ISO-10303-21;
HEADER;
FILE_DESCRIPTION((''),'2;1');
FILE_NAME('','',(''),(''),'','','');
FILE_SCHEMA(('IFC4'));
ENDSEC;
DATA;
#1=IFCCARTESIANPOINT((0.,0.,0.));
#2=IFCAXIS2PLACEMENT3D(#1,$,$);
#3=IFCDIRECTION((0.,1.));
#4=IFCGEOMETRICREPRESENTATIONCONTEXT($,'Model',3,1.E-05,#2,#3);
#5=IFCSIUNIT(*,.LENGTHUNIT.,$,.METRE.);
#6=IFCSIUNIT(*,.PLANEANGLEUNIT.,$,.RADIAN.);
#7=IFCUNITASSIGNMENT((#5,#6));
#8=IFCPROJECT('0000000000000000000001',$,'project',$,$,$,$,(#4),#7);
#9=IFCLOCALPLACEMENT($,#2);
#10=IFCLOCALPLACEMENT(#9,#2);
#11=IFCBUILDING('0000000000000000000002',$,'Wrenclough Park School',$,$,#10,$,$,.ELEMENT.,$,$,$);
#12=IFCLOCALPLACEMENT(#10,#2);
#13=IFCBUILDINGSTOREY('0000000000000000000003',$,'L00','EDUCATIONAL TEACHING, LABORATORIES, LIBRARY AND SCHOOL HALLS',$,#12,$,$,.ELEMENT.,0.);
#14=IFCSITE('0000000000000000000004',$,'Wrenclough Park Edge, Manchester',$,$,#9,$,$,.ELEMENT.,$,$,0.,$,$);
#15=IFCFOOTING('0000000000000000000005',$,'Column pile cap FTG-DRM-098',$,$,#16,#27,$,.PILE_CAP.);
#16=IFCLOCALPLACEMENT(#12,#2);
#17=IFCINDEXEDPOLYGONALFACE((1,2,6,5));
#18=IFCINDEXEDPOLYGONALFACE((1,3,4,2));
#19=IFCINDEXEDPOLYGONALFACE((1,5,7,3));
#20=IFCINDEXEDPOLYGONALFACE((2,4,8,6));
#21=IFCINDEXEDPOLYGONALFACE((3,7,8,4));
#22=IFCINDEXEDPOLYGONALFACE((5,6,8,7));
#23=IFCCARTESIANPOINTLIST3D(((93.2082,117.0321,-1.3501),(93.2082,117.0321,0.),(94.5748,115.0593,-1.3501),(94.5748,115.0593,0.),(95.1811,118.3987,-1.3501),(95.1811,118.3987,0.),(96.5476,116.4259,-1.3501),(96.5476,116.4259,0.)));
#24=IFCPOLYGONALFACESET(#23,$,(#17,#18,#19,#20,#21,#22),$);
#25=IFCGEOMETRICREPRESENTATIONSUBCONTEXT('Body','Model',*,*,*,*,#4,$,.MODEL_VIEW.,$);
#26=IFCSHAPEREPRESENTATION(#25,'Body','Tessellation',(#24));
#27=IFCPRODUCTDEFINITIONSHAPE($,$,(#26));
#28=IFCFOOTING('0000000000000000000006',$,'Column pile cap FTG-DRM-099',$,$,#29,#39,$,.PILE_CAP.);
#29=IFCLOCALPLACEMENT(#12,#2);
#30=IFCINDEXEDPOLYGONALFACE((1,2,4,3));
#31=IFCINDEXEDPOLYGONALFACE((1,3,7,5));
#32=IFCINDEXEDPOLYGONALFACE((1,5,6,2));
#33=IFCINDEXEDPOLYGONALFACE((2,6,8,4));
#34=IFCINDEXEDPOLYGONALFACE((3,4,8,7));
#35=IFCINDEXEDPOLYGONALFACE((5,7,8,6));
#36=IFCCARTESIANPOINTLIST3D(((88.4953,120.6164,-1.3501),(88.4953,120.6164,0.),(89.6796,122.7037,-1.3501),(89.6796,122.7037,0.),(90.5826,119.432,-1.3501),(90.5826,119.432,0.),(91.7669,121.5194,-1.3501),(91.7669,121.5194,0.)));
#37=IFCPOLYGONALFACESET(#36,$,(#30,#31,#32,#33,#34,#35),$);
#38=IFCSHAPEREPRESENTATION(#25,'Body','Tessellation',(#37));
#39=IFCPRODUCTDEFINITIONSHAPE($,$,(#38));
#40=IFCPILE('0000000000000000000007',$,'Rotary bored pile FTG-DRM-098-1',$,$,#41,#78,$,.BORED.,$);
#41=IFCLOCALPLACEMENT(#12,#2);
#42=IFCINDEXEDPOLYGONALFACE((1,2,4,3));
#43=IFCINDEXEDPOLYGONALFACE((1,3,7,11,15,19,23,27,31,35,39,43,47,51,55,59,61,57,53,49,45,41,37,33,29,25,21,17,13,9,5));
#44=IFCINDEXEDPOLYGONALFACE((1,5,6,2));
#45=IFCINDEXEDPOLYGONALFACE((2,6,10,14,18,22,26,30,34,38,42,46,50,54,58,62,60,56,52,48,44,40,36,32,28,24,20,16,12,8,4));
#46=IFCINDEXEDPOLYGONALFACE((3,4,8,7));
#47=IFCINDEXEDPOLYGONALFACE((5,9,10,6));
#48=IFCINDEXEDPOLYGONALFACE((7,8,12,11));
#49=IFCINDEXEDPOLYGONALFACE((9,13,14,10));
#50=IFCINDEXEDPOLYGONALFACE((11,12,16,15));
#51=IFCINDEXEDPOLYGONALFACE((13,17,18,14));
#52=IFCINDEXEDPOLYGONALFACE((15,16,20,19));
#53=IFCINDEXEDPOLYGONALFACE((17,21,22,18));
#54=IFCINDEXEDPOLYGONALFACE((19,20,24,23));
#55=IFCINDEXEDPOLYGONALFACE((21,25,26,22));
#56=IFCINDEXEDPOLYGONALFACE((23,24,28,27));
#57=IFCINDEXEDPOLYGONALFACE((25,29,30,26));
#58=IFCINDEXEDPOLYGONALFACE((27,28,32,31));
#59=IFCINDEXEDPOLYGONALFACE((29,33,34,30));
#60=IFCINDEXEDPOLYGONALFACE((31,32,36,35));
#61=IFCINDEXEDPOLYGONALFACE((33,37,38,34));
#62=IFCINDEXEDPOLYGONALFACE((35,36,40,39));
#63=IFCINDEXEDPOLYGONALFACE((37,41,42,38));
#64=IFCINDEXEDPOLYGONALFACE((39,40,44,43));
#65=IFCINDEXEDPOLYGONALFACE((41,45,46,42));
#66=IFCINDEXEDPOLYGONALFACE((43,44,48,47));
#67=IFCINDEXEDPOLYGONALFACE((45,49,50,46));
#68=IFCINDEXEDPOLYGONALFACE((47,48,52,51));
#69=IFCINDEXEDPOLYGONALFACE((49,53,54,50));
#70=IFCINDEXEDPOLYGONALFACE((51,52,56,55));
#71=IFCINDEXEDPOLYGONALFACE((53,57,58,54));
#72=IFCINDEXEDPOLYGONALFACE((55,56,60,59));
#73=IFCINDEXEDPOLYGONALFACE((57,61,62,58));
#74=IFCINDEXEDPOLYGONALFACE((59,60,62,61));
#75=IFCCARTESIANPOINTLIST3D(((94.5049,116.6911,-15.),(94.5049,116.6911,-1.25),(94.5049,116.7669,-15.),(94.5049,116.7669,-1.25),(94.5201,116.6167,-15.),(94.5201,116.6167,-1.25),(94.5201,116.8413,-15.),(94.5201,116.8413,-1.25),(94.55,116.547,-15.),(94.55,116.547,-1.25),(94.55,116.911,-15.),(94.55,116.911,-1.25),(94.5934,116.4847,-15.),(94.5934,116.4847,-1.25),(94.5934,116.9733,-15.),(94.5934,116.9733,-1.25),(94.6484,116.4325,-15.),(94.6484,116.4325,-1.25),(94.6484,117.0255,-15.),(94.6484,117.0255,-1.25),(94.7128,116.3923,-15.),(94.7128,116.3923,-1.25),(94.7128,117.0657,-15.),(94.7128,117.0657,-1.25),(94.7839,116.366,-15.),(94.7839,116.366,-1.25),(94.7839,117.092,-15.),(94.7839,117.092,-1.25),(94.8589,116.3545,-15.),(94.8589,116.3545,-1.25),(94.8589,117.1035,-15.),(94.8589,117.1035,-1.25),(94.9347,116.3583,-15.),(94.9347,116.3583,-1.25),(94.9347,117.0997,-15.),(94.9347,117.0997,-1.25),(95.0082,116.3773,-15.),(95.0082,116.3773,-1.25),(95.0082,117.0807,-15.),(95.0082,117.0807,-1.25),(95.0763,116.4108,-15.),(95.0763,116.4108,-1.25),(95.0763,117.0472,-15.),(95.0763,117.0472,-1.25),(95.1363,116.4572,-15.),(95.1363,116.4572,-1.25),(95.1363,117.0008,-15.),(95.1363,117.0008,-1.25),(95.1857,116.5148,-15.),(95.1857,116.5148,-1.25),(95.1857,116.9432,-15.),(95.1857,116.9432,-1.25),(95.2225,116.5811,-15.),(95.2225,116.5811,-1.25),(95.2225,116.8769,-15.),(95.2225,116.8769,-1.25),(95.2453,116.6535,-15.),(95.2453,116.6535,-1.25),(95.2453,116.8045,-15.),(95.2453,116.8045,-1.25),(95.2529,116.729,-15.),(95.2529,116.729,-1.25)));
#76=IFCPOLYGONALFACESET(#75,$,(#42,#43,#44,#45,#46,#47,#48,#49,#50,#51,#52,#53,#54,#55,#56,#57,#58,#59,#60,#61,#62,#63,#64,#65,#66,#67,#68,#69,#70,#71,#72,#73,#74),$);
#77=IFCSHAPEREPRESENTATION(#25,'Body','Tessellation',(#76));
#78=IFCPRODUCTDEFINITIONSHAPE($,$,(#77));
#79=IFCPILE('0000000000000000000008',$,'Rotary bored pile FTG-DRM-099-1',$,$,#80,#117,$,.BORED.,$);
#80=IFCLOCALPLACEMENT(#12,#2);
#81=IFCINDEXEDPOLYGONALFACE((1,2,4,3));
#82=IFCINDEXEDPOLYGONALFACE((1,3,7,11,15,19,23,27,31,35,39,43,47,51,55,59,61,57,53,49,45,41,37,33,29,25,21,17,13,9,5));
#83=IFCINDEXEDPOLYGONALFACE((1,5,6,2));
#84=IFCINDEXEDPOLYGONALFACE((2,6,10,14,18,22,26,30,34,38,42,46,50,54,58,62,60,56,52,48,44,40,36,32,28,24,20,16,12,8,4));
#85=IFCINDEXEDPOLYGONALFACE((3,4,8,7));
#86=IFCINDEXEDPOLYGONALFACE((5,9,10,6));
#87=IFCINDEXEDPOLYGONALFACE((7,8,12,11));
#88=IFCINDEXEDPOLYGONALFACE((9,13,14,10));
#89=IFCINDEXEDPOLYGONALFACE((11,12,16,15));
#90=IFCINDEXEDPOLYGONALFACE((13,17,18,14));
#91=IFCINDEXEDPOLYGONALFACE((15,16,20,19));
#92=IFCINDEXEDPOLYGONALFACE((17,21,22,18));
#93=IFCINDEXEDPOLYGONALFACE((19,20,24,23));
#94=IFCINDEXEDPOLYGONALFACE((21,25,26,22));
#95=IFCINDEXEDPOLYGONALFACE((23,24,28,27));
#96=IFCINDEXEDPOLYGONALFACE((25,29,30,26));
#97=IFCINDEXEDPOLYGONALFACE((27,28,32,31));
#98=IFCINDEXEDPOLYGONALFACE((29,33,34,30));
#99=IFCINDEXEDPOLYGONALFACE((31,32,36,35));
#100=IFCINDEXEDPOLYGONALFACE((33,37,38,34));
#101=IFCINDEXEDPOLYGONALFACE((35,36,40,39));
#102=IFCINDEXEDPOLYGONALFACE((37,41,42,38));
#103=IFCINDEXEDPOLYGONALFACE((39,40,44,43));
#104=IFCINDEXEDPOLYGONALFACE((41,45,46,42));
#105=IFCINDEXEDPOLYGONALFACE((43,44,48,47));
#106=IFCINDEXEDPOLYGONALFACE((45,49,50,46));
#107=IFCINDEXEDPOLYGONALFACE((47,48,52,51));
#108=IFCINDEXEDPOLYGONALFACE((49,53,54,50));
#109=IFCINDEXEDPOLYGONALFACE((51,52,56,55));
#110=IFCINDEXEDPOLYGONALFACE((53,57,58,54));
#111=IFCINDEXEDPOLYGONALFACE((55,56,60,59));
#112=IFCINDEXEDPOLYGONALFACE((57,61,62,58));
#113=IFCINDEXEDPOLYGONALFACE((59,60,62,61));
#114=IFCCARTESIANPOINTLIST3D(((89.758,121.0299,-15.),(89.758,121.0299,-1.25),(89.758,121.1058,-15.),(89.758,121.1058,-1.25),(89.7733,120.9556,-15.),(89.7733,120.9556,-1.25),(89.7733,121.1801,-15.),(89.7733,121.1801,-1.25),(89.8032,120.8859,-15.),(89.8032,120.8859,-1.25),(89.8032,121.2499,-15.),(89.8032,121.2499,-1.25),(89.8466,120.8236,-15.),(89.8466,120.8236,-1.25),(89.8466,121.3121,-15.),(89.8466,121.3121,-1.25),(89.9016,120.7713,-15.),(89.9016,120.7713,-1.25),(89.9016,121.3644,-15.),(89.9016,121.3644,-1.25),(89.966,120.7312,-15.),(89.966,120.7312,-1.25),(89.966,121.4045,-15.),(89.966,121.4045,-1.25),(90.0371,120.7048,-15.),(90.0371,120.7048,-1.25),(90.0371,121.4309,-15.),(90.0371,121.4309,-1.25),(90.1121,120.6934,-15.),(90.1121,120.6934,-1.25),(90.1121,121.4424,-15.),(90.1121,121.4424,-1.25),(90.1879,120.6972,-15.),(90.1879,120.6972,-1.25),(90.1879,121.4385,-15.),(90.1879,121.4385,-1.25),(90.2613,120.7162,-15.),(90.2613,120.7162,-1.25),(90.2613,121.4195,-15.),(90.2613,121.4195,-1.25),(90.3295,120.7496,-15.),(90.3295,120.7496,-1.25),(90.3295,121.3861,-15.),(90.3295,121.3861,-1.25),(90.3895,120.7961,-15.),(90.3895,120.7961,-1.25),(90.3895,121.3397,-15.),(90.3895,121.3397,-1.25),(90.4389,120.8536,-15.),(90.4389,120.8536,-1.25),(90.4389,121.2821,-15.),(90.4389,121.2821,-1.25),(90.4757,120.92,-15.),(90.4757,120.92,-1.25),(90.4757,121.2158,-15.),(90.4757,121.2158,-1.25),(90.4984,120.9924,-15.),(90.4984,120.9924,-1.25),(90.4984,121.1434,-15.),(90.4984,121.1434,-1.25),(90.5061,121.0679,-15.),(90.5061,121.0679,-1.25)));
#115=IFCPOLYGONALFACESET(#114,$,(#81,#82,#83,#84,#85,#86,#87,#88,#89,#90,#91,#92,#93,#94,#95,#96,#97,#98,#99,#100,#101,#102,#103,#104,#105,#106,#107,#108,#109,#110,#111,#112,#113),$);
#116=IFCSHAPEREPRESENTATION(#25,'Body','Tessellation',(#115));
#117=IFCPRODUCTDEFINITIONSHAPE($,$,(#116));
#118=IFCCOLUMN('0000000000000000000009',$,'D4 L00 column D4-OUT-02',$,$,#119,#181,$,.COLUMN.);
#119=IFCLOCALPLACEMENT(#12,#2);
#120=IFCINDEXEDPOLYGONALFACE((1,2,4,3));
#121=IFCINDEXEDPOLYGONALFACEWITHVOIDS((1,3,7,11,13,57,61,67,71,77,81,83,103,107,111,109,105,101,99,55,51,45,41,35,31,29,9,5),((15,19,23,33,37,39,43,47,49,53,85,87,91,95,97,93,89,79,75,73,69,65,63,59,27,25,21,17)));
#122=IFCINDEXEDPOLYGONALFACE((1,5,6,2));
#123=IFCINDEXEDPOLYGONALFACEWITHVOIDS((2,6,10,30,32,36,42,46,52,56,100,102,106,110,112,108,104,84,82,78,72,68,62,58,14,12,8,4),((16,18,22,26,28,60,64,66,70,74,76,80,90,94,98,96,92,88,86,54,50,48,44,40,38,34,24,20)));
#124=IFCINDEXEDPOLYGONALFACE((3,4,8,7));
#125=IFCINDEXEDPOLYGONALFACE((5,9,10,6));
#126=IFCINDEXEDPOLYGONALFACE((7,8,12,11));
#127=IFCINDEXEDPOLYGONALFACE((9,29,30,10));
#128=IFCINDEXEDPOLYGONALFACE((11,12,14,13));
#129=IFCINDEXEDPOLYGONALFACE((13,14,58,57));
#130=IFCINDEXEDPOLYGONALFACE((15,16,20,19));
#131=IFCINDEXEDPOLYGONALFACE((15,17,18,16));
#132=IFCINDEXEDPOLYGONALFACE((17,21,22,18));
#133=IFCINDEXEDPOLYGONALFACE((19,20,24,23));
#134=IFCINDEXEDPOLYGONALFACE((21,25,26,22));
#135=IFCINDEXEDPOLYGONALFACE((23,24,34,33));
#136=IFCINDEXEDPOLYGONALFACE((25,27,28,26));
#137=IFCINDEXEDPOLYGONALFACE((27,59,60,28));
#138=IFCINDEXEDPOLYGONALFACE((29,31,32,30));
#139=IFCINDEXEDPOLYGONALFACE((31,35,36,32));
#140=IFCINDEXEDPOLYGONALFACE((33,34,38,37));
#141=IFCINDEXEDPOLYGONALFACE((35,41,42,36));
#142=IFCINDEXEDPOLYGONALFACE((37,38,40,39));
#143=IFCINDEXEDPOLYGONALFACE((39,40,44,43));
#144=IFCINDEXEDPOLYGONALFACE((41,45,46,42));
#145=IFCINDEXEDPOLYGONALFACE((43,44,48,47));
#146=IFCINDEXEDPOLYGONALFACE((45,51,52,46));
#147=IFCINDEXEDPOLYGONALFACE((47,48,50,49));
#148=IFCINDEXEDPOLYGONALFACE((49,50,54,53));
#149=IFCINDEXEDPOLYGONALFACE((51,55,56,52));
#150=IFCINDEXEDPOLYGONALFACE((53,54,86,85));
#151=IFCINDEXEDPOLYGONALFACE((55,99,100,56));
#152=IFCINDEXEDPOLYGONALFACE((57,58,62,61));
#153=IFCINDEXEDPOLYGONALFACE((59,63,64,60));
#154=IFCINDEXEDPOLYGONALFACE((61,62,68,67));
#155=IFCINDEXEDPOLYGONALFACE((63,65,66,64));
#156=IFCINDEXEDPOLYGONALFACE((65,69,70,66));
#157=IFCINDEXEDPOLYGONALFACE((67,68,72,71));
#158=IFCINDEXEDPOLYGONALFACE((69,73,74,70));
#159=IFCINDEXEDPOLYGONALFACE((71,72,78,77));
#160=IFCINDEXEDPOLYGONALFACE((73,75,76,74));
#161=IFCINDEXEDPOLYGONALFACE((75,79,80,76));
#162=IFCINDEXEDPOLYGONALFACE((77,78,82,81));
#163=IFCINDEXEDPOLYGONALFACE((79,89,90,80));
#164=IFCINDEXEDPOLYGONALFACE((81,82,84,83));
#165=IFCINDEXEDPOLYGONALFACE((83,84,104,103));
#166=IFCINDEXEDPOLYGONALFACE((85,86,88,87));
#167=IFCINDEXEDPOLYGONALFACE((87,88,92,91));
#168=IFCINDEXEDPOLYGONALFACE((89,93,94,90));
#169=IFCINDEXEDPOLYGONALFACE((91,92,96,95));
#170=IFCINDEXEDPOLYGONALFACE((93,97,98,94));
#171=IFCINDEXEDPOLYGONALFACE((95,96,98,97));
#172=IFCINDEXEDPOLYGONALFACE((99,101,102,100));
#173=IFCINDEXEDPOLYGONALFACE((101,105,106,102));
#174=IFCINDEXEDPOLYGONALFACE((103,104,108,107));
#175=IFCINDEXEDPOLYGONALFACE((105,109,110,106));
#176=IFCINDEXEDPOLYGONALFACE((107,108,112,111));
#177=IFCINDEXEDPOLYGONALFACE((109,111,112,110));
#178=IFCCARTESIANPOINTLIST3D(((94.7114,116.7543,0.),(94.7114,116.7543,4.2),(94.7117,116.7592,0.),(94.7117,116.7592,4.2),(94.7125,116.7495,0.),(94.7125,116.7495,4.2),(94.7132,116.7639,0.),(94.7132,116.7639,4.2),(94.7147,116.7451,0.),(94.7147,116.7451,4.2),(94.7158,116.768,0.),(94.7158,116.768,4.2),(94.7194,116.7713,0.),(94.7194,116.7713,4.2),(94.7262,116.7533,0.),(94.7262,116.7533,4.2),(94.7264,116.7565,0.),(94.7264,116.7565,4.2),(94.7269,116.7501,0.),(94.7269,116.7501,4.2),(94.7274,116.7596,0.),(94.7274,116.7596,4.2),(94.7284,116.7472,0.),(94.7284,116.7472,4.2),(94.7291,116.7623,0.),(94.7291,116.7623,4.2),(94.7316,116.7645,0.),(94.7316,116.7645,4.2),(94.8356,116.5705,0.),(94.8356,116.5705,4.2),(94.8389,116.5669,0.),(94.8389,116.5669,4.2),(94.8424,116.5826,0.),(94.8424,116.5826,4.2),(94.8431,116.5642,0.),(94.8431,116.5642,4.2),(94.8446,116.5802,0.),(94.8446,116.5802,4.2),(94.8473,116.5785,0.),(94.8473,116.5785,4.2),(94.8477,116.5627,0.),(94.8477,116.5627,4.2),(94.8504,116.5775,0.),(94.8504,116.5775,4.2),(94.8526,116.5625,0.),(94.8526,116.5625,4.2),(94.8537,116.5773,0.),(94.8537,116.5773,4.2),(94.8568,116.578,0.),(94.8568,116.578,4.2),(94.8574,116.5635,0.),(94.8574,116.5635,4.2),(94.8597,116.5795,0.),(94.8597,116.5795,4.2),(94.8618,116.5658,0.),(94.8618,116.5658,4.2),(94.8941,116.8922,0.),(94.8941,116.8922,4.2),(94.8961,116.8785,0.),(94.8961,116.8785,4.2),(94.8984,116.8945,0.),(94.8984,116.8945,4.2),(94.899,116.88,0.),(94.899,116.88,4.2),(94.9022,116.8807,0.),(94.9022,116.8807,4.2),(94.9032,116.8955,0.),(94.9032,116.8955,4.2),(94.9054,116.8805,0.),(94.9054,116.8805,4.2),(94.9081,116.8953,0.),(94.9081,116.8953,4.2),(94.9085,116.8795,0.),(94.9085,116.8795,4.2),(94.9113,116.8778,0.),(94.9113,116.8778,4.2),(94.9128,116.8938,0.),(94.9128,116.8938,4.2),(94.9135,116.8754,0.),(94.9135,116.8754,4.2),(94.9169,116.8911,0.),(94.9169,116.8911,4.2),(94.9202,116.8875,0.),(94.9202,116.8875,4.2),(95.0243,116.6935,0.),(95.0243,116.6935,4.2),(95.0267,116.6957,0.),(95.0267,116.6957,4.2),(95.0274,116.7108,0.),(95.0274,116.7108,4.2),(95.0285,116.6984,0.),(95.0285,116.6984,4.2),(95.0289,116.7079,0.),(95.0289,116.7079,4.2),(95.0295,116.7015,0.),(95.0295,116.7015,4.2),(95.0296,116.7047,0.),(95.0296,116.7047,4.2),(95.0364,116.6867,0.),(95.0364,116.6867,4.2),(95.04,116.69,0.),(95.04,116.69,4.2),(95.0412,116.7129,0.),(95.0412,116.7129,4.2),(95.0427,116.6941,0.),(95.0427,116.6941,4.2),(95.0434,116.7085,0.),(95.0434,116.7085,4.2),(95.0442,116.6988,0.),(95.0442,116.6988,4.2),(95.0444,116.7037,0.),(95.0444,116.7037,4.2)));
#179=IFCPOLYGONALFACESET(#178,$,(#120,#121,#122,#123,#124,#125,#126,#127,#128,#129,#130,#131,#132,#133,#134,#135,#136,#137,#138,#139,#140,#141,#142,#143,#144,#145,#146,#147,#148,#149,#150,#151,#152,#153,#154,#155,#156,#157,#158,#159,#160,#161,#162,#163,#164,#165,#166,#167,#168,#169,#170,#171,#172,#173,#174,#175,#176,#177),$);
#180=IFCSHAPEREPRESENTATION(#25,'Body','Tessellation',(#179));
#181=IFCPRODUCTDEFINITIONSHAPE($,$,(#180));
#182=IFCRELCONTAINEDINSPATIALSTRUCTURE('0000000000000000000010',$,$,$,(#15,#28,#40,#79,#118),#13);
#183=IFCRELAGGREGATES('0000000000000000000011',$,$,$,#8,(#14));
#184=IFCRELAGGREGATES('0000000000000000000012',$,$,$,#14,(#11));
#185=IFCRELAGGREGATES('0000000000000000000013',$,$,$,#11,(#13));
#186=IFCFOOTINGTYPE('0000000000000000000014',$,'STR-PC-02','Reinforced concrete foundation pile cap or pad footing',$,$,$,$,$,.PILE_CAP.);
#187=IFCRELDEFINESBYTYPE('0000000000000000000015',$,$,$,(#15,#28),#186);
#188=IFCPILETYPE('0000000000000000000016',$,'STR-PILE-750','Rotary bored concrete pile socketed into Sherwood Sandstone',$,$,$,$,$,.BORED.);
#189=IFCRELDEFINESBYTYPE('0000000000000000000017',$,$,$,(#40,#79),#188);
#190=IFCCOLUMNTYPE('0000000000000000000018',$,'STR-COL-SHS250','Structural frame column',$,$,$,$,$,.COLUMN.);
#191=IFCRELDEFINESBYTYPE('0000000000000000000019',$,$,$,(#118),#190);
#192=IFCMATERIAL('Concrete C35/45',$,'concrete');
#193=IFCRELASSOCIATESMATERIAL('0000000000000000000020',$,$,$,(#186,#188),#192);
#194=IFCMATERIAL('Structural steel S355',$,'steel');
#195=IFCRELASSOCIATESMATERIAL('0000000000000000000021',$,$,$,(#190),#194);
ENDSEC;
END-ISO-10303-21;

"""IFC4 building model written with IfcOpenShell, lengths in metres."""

from ifc_helpers import new_model, si_unit, direction, frame, origin, origin_2d, place, context, subcontext, project, spatial, rectangle, hollow_rectangle, circle, extrude, material, material_profile, profile_set, type_object, element, save


model = new_model("IFC4")

# Units and contexts
model_context = context("Model", 3, precision=1e-05, world=origin(), true_north=direction((0.0, 1.0)))
body_context = subcontext(model_context, "Body", "Model", "MODEL_VIEW")
ifc_project = project(units=[si_unit("LENGTHUNIT", "METRE"), si_unit("PLANEANGLEUNIT", "RADIAN")], contexts=[model_context])

# Site, building, storey
site_placement = place(None, origin())
site = spatial("IfcSite", under=ifc_project, at=site_placement, Name="Wrenclough Park Edge, Manchester", CompositionType="ELEMENT", RefElevation=0.0)
building_placement = place(site_placement, origin())
building = spatial("IfcBuilding", under=site, at=building_placement, Name="Wrenclough Park School", CompositionType="ELEMENT")
storey_placement = place(building_placement, origin())
storey = spatial("IfcBuildingStorey", under=building, at=storey_placement, Name="L00", Description="EDUCATIONAL TEACHING, LABORATORIES, LIBRARY AND SCHOOL HALLS", CompositionType="ELEMENT", Elevation=0.0)

# Footings
ifc_material_1 = material(Name="Concrete C35/45", Category="concrete")
footing_type = type_object("IfcFootingType", Name="STR-PC-02", Description="Reinforced concrete foundation pile cap or pad footing", PredefinedType="PILE_CAP", material=ifc_material_1)
for number, where, z_axis, x_axis, name in (
    (1, (94.8779, 116.729, -1.3501), (0.0, 0.0, 1.0), (-0.569423, 0.822045, 0.0), "Column pile cap FTG-DRM-098"),
    (2, (90.1311, 121.0679, -1.3501), (0.0, 0.0, 1.0), (-0.869753, 0.493487, 0.0), "Column pile cap FTG-DRM-099"),
):
    element("IfcFooting", number, at=place(storey_placement, frame(where, z_axis=z_axis, x_axis=x_axis)), inside=storey, type_object=footing_type, Name=name, PredefinedType="PILE_CAP", context=body_context, shape_type="SweptSolid", body=[
        extrude(rectangle(XDim=2.3999, YDim=2.3999, at=origin_2d()), origin(), (0.0, 0.0, 1.0), 1.3501),
    ])

# Piles
ifc_material_profile_1 = material_profile(ifc_material_1, circle(Radius=0.375, at=origin_2d()), Name="BORED PILE D750")
ifc_profile_set_1 = profile_set([ifc_material_profile_1], Name="Concrete C35/45")
pile_type = type_object("IfcPileType", Name="STR-PILE-750", Description="Rotary bored concrete pile socketed into Sherwood Sandstone", PredefinedType="BORED", material=ifc_profile_set_1)
for number, where, z_axis, x_axis, name in (
    (3, (94.8779, 116.729, -1.25), (0.0, 0.0, -1.0), (1.0, 0.0, 0.0), "Rotary bored pile FTG-DRM-098-1"),
    (4, (90.1311, 121.0679, -1.25), (0.0, 0.0, -1.0), (1.0, 0.0, 0.0), "Rotary bored pile FTG-DRM-099-1"),
):
    element("IfcPile", number, at=place(storey_placement, frame(where, z_axis=z_axis, x_axis=x_axis)), inside=storey, type_object=pile_type, Name=name, PredefinedType="BORED", context=body_context, shape_type="SweptSolid", body=[
        extrude(circle(Radius=0.375, at=origin_2d()), origin(), (0.0, 0.0, 1.0), 13.75),
    ])

# Column
ifc_material_2 = material(Name="Structural steel S355", Category="steel")
ifc_material_profile_2 = material_profile(ifc_material_2, hollow_rectangle(XDim=0.25, YDim=0.25, WallThickness=0.0125, InnerFilletRadius=0.0125, OuterFilletRadius=0.0188, at=origin_2d()), Name="SHS 250x250x12.5")
ifc_profile_set_2 = profile_set([ifc_material_profile_2], Name="Structural steel S355")
column_type = type_object("IfcColumnType", Name="STR-COL-SHS250", Description="Structural frame column", PredefinedType="COLUMN", material=ifc_profile_set_2)
for number, where, z_axis, x_axis, name in (
    (5, (94.8779, 116.729, 0.0), (0.0, 0.0, 1.0), (-0.569423, 0.822045, 0.0), "D4 L00 column D4-OUT-02"),
):
    element("IfcColumn", number, at=place(storey_placement, frame(where, z_axis=z_axis, x_axis=x_axis)), inside=storey, type_object=column_type, Name=name, PredefinedType="COLUMN", context=body_context, shape_type="SweptSolid", body=[
        extrude(hollow_rectangle(XDim=0.25, YDim=0.25, WallThickness=0.0125, InnerFilletRadius=0.0125, OuterFilletRadius=0.0188, at=origin_2d()), origin(), (0.0, 0.0, 1.0), 4.2),
    ])

save(model, "model.ifc")
